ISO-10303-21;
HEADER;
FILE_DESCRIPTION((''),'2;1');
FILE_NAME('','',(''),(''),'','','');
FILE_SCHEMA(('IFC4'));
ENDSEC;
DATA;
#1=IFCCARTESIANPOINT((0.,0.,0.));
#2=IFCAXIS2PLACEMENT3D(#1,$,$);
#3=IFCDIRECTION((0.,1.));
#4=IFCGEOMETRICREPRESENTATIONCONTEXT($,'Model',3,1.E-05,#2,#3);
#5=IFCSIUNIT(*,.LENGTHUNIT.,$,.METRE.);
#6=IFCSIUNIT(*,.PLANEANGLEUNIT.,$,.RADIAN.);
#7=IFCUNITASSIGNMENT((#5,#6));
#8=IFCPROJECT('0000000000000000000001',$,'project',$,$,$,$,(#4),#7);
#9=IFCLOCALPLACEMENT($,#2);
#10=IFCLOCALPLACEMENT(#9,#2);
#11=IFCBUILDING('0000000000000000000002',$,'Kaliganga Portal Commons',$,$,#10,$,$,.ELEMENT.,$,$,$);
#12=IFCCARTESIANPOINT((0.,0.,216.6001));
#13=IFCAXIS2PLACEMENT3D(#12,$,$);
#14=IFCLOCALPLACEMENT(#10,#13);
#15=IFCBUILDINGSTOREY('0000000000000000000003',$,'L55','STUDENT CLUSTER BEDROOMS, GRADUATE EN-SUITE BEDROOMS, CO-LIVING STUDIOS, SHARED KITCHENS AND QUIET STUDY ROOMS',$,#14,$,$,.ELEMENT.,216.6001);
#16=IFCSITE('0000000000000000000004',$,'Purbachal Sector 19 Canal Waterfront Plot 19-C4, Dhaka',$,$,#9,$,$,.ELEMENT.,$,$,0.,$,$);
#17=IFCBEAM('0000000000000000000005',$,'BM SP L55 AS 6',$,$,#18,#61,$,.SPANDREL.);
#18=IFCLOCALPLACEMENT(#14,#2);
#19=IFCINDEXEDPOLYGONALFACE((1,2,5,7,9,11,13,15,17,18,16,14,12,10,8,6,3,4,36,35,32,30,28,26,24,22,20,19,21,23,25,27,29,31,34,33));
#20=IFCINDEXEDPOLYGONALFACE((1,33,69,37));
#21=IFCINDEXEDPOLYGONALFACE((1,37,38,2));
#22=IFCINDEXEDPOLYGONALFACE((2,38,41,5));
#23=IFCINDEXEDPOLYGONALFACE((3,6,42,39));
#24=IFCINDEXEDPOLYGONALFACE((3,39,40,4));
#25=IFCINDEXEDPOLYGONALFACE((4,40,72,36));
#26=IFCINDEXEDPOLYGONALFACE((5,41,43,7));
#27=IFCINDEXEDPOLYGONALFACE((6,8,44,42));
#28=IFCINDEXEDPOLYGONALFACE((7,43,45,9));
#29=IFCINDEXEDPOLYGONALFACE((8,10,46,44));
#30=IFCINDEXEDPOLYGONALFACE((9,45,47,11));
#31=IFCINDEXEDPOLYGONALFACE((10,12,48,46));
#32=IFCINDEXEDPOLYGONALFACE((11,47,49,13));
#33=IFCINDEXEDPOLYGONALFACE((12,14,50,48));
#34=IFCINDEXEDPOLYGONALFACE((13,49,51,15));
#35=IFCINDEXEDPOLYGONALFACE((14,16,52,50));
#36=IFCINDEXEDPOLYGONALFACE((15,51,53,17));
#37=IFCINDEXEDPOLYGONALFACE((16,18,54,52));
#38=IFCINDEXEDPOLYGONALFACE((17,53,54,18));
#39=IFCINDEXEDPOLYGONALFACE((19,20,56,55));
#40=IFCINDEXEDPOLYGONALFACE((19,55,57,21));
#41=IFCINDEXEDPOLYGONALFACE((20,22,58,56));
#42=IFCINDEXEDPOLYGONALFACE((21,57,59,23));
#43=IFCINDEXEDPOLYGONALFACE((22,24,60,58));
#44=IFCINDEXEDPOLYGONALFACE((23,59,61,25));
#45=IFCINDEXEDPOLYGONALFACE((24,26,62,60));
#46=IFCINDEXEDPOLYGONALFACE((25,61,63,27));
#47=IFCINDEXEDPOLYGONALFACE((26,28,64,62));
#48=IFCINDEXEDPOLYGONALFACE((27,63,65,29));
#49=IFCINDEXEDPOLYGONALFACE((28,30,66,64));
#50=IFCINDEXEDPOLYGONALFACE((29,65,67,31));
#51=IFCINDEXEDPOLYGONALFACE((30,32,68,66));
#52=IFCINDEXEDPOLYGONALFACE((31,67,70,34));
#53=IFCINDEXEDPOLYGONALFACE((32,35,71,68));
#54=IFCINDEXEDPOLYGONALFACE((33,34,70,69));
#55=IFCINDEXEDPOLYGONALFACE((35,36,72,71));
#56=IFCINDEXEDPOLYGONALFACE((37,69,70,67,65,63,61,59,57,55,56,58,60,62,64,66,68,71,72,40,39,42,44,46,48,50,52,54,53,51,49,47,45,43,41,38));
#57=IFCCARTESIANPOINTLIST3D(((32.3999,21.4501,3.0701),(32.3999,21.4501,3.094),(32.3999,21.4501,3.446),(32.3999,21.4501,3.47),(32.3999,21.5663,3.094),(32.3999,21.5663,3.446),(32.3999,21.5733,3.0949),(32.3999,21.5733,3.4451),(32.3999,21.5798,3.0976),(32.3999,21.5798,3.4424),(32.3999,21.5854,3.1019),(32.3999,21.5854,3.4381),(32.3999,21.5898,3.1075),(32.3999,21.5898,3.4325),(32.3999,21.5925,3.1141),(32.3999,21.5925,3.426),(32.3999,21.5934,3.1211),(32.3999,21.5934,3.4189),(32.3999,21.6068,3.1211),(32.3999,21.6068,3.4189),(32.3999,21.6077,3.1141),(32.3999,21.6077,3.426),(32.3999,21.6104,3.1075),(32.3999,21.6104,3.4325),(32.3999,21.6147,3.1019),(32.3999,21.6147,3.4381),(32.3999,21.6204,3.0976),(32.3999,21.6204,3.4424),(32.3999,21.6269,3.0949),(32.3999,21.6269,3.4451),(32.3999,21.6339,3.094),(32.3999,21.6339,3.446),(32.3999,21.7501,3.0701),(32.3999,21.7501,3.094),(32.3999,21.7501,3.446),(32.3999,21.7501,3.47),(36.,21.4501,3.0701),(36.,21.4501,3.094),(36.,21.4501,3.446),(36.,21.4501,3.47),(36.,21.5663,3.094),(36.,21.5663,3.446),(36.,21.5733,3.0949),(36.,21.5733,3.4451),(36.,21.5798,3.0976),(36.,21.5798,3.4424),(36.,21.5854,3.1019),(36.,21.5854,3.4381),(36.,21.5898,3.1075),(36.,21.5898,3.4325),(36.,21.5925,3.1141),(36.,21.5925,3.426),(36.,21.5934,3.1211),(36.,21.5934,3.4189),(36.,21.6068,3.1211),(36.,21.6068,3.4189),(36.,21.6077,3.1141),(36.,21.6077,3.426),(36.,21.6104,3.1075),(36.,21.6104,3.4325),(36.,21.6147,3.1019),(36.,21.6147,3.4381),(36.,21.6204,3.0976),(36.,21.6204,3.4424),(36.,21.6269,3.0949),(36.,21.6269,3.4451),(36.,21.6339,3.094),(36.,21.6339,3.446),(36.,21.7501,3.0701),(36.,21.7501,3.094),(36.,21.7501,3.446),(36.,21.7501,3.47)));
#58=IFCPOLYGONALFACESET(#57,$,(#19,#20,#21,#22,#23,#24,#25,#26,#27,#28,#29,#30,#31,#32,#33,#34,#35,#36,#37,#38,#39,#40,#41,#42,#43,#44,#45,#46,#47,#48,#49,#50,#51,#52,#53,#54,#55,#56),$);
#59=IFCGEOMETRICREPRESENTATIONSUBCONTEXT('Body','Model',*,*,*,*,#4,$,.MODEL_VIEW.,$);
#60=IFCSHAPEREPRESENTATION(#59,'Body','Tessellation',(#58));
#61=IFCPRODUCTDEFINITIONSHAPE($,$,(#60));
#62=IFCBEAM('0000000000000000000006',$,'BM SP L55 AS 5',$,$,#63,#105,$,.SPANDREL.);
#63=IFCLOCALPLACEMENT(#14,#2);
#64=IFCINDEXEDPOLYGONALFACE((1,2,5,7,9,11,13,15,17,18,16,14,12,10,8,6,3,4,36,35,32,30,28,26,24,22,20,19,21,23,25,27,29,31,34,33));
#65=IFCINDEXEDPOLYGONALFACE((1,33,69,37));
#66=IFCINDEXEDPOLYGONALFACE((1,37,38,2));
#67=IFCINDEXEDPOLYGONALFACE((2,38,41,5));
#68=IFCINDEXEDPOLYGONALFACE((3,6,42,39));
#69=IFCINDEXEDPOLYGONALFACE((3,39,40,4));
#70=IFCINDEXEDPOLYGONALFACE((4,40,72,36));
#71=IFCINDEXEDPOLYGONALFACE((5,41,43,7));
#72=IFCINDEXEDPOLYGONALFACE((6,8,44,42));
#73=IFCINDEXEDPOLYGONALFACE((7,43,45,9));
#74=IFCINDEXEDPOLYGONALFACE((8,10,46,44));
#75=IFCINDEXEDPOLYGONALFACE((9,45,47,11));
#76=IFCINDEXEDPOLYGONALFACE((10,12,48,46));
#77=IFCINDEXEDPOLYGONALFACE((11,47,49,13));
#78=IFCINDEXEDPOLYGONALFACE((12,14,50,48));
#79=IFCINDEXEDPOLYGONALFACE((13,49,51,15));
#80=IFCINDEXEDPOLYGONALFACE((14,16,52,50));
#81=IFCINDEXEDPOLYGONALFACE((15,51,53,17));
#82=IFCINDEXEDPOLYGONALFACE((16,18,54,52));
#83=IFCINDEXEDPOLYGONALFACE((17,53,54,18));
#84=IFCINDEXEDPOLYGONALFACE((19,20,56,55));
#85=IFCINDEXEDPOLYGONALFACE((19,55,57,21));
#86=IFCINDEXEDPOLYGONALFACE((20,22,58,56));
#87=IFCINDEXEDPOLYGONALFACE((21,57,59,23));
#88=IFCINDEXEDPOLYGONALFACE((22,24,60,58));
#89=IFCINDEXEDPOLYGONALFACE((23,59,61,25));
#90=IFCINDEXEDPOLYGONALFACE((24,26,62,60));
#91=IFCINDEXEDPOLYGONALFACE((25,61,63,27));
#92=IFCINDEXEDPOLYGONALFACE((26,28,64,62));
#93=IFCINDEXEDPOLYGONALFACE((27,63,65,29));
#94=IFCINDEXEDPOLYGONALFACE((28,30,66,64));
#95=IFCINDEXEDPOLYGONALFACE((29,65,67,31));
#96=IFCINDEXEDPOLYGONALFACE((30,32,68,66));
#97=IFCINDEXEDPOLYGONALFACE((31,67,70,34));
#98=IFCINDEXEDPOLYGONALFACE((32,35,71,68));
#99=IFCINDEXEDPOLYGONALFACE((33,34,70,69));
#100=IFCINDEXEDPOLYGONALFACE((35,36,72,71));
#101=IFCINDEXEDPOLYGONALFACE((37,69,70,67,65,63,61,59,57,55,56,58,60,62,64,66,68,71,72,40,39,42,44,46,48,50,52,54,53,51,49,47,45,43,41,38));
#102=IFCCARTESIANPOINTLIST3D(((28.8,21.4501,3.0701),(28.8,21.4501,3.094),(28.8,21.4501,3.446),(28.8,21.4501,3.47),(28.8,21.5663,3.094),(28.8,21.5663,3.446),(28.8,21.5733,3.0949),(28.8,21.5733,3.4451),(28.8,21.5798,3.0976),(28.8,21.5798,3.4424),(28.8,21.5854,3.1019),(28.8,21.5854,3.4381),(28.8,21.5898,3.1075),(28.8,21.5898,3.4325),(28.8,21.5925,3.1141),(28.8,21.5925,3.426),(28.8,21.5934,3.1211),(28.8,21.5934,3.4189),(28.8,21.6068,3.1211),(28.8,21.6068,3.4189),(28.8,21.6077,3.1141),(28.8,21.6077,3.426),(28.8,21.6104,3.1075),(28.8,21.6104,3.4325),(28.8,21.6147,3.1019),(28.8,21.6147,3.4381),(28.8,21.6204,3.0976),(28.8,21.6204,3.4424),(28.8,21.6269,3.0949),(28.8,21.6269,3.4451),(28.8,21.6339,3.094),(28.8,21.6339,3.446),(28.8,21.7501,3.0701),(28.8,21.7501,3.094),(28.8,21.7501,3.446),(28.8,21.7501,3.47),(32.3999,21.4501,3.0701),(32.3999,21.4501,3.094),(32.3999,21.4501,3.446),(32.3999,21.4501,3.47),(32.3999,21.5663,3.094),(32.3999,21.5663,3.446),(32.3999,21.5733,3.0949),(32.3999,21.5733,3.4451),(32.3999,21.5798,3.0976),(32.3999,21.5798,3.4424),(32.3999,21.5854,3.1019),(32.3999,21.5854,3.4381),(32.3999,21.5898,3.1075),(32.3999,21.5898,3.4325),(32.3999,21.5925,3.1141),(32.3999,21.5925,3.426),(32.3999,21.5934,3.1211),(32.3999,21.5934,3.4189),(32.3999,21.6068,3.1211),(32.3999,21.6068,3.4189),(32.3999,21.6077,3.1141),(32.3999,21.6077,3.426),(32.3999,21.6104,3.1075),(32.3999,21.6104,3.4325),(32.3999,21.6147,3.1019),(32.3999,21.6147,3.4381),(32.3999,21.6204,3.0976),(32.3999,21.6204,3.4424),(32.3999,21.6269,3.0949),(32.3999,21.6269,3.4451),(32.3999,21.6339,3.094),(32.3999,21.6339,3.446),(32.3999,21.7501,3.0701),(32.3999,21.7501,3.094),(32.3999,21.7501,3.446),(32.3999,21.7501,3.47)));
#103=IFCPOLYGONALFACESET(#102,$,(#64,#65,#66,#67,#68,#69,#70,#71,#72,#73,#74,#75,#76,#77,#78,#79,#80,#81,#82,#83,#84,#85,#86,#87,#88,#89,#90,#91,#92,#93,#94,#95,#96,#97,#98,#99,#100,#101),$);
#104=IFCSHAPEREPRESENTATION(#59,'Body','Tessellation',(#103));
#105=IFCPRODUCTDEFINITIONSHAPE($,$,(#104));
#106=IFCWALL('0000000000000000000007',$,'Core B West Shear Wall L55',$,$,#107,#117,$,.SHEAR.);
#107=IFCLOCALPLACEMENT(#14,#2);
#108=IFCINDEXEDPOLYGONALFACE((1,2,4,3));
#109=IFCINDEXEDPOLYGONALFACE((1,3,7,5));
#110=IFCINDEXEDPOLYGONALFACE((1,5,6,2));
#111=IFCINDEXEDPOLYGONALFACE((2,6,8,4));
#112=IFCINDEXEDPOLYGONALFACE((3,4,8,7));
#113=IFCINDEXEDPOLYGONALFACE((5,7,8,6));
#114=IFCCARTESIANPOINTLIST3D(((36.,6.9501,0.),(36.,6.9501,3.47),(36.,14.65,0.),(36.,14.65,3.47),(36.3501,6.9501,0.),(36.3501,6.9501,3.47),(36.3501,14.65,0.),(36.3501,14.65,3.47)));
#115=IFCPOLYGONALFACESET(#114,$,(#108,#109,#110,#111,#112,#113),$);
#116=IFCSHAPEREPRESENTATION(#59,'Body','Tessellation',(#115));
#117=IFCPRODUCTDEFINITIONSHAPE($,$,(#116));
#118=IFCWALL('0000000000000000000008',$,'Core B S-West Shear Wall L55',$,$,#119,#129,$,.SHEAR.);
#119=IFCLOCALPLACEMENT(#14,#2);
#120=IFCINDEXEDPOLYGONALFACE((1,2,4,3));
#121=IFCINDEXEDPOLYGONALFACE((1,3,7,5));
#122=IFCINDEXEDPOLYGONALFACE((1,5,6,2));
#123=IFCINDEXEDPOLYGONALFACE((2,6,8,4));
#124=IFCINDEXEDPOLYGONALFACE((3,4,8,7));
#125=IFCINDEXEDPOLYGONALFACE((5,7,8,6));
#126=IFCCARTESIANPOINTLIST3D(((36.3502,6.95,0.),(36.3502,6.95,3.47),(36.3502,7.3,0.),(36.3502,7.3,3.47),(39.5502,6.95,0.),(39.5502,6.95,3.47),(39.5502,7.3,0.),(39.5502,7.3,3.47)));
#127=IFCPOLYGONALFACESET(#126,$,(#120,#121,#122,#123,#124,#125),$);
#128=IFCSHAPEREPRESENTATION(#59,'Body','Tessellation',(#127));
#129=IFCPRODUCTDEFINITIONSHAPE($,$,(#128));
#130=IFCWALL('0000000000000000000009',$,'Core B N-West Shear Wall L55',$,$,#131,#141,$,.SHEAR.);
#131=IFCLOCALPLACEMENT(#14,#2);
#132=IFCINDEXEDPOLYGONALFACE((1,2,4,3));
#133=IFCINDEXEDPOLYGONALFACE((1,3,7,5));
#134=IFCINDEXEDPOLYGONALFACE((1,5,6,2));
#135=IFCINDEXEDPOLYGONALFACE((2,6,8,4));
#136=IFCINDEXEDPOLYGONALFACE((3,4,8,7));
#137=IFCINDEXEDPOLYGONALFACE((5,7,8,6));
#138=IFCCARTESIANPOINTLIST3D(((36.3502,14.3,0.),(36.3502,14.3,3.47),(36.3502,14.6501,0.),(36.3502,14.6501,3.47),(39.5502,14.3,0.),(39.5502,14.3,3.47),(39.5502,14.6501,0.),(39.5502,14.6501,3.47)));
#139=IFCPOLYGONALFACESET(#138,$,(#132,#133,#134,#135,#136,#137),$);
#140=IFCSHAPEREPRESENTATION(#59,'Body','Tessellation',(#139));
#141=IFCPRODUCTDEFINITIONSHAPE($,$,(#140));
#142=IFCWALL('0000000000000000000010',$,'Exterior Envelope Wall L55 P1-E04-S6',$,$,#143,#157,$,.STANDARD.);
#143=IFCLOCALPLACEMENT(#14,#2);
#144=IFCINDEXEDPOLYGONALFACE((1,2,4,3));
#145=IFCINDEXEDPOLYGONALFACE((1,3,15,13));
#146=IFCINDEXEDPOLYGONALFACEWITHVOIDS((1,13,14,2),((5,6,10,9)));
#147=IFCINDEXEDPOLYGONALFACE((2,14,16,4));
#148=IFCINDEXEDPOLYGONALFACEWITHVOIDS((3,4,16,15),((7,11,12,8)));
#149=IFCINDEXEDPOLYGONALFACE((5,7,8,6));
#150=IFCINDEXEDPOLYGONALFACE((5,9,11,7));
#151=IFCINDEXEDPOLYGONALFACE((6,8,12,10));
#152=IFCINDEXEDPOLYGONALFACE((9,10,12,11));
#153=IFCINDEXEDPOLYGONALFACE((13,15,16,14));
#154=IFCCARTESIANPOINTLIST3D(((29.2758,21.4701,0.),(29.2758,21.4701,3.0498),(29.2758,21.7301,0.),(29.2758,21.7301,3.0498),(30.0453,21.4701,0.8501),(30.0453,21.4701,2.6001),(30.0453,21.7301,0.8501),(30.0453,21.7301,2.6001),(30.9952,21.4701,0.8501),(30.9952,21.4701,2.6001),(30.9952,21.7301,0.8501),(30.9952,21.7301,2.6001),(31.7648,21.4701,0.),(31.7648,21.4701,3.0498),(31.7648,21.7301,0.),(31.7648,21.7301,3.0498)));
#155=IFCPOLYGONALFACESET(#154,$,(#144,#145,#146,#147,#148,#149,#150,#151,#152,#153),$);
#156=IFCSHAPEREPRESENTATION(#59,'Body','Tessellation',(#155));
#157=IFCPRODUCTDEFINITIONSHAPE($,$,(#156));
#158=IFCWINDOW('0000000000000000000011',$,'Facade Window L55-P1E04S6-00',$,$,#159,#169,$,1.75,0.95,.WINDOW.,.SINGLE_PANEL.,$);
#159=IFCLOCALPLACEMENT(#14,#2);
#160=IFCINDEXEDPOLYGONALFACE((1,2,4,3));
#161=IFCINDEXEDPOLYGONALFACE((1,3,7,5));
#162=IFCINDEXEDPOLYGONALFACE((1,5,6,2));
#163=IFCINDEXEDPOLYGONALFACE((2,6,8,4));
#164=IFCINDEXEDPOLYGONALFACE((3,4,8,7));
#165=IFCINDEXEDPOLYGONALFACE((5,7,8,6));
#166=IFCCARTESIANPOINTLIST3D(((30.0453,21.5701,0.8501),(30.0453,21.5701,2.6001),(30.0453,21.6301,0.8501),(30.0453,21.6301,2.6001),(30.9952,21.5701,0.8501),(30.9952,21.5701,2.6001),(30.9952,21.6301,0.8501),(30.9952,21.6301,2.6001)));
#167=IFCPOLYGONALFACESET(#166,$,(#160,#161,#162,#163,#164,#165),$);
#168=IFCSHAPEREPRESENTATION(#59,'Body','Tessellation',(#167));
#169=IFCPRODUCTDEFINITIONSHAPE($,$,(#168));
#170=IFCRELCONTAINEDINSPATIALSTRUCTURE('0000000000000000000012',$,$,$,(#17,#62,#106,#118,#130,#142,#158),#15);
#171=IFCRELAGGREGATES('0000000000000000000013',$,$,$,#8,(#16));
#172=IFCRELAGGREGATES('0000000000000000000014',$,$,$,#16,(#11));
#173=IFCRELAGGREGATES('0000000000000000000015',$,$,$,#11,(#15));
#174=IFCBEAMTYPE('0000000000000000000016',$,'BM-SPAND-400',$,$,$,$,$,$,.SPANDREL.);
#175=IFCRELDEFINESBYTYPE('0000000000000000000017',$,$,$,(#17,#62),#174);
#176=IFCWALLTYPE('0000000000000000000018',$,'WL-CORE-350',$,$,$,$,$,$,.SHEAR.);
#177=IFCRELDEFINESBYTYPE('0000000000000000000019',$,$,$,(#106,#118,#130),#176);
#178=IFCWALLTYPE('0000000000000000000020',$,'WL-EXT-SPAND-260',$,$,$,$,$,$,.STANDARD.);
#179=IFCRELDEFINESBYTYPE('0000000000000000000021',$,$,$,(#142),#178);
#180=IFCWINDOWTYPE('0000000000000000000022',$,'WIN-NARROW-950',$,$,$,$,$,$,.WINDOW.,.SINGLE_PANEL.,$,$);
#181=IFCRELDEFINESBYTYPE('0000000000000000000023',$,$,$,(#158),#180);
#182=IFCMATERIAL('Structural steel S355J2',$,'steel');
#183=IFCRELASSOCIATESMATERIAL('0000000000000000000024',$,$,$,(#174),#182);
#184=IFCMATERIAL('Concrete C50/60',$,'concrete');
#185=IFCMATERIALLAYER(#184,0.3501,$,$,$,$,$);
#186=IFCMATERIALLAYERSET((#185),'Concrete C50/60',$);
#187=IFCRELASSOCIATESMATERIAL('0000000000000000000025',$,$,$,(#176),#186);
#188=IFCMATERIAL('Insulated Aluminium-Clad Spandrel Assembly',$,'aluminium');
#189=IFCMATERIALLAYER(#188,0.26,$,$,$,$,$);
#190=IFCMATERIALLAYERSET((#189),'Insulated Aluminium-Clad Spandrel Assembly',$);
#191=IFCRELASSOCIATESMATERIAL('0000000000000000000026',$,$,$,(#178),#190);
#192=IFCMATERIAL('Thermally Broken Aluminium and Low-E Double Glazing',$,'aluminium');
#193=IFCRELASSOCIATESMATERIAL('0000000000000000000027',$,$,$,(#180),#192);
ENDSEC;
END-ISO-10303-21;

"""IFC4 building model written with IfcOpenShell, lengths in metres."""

from ifc_helpers import new_model, si_unit, direction, frame, frame_2d, origin, origin_2d, place, context, subcontext, project, spatial, rectangle, i_section, extrude, source, transform, mapped, material, layer, layer_set, material_profile, profile_set, type_object, element, fill, save


model = new_model("IFC4")

# Units and contexts
model_context = context("Model", 3, precision=1e-05, world=origin(), true_north=direction((0.0, 1.0)))
body_context = subcontext(model_context, "Body", "Model", "MODEL_VIEW")
ifc_project = project(units=[si_unit("LENGTHUNIT", "METRE"), si_unit("PLANEANGLEUNIT", "RADIAN")], contexts=[model_context])

# Site, building, storey
site_placement = place(None, origin())
site = spatial("IfcSite", under=ifc_project, at=site_placement, Name="Purbachal Sector 19 Canal Waterfront Plot 19-C4, Dhaka", CompositionType="ELEMENT", RefElevation=0.0)
building_placement = place(site_placement, origin())
building = spatial("IfcBuilding", under=site, at=building_placement, Name="Kaliganga Portal Commons", CompositionType="ELEMENT")
storey_placement = place(building_placement, frame((0.0, 0.0, 216.6001)))
storey = spatial("IfcBuildingStorey", under=building, at=storey_placement, Name="L55", Description="STUDENT CLUSTER BEDROOMS, GRADUATE EN-SUITE BEDROOMS, CO-LIVING STUDIOS, SHARED KITCHENS AND QUIET STUDY ROOMS", CompositionType="ELEMENT", Elevation=216.6001)

# Shared definitions
ifc_material_1 = material(Name="Concrete C50/60", Category="concrete")
ifc_material_2 = material(Name="Structural steel S355J2", Category="steel")

# Beams
ifc_material_profile_1 = material_profile(ifc_material_2, i_section(OverallWidth=0.3, OverallDepth=0.3999, WebThickness=0.0134, FlangeThickness=0.0239, FilletRadius=0.0271, at=origin_2d()), Name="HE 400 B")
ifc_profile_set_1 = profile_set([ifc_material_profile_1], Name="Structural steel S355J2 wide-flange")
beam_type_1 = type_object("IfcBeamType", Name="BM-SPAND-400", PredefinedType="SPANDREL", material=ifc_profile_set_1)
shared_shape_1 = source(origin(), body_context, "Body", "SweptSolid", [
    extrude(i_section(OverallWidth=0.3, OverallDepth=0.3999, WebThickness=0.0134, FlangeThickness=0.0239, FilletRadius=0.0271, at=origin_2d()), origin(), (0.0, 0.0, 1.0), 3.6001),
])
beam_1_placement = place(storey_placement, frame((32.3999, 21.6001, 3.27), z_axis=(1.0, 0.0, 0.0), x_axis=(0.0, 1.0, 0.0)))
element("IfcBeam", 1, at=beam_1_placement, inside=storey, type_object=beam_type_1, Name="BM SP L55 AS 6", PredefinedType="SPANDREL", context=body_context, shape_type="MappedRepresentation", body=[
    mapped(shared_shape_1, transform((0.0, 0.0, 0.0), x_axis=(1.0, 0.0, 0.0), y_axis=(0.0, 1.0, 0.0), z_axis=(0.0, 0.0, 1.0), scale=1.0)),
])
shared_shape_2 = source(origin(), body_context, "Body", "SweptSolid", [
    extrude(i_section(OverallWidth=0.3, OverallDepth=0.3999, WebThickness=0.0134, FlangeThickness=0.0239, FilletRadius=0.0271, at=origin_2d()), origin(), (0.0, 0.0, 1.0), 3.5999),
])
beam_2_placement = place(storey_placement, frame((28.8, 21.6001, 3.27), z_axis=(1.0, 0.0, 0.0), x_axis=(0.0, 1.0, 0.0)))
element("IfcBeam", 2, at=beam_2_placement, inside=storey, type_object=beam_type_1, Name="BM SP L55 AS 5", PredefinedType="SPANDREL", context=body_context, shape_type="MappedRepresentation", body=[
    mapped(shared_shape_2, transform((0.0, 0.0, 0.0), x_axis=(1.0, 0.0, 0.0), y_axis=(0.0, 1.0, 0.0), z_axis=(0.0, 0.0, 1.0), scale=1.0)),
])

# Walls
ifc_layer_1 = layer(ifc_material_1, 0.3501)
ifc_layer_set_1 = layer_set([ifc_layer_1], Name="Concrete C50/60")
wall_type_1 = type_object("IfcWallType", Name="WL-CORE-350", PredefinedType="SHEAR", material=ifc_layer_set_1)
wall_1_placement = place(storey_placement, frame((36.175, 6.95, 0.0), z_axis=(0.0, 0.0, 1.0), x_axis=(0.0, 1.0, 0.0)))
element("IfcWall", 3, at=wall_1_placement, inside=storey, type_object=wall_type_1, Name="Core B West Shear Wall L55", PredefinedType="SHEAR", context=body_context, shape_type="SweptSolid", body=[
    extrude(rectangle(XDim=7.7, YDim=0.3501, at=frame_2d((3.8501, 0.0))), origin(), (0.0, 0.0, 1.0), 3.47),
])
for number, where, z_axis, x_axis, name in (
    (4, (36.3501, 7.125, 0.0), (0.0, 0.0, 1.0), (1.0, 0.0, 0.0), "Core B S-West Shear Wall L55"),
    (5, (36.3501, 14.4751, 0.0), (0.0, 0.0, 1.0), (1.0, 0.0, 0.0), "Core B N-West Shear Wall L55"),
):
    element("IfcWall", number, at=place(storey_placement, frame(where, z_axis=z_axis, x_axis=x_axis)), inside=storey, type_object=wall_type_1, Name=name, PredefinedType="SHEAR", context=body_context, shape_type="SweptSolid", body=[
        extrude(rectangle(XDim=3.2, YDim=0.3501, at=frame_2d((1.6001, 0.0))), origin(), (0.0, 0.0, 1.0), 3.47),
    ])

# Wall, opening, window
ifc_material_3 = material(Name="Insulated Aluminium-Clad Spandrel Assembly", Category="aluminium")
ifc_layer_2 = layer(ifc_material_3, 0.26)
ifc_layer_set_2 = layer_set([ifc_layer_2], Name="Insulated Aluminium-Clad Spandrel Assembly")
wall_type_2 = type_object("IfcWallType", Name="WL-EXT-SPAND-260", PredefinedType="STANDARD", material=ifc_layer_set_2)
wall_2_placement = place(storey_placement, frame((31.7649, 21.6001, 0.0), z_axis=(0.0, 0.0, 1.0), x_axis=(-1.0, 0.0, 0.0)))
wall_2 = element("IfcWall", 6, at=wall_2_placement, inside=storey, type_object=wall_type_2, Name="Exterior Envelope Wall L55 P1-E04-S6", PredefinedType="STANDARD", context=body_context, shape_type="SweptSolid", body=[
    extrude(rectangle(XDim=2.489, YDim=0.26, at=frame_2d((1.2446, 0.0))), origin(), (0.0, 0.0, 1.0), 3.0498),
])
opening_1_placement = place(wall_2_placement, frame((0.7695, 0.0, 0.8501)))
opening_1 = element("IfcOpeningElement", 7, at=opening_1_placement, cuts=wall_2, PredefinedType="OPENING", context=body_context, shape_type="SweptSolid", body=[
    extrude(rectangle(XDim=0.95, YDim=1.75, at=frame_2d((0.4751, 0.875))), frame((0.0, 0.1401, 0.0), z_axis=(0.0, -1.0, 0.0), x_axis=(1.0, 0.0, 0.0)), (0.0, 0.0, 1.0), 0.28),
])
ifc_material_4 = material(Name="Thermally Broken Aluminium and Low-E Double Glazing", Category="aluminium")
window_type_1 = type_object("IfcWindowType", Name="WIN-NARROW-950", PartitioningType="SINGLE_PANEL", PredefinedType="WINDOW", material=ifc_material_4)
window_1_placement = place(opening_1_placement, origin())
window_1 = element("IfcWindow", 8, at=window_1_placement, inside=storey, type_object=window_type_1, Name="Facade Window L55-P1E04S6-00", OverallHeight=1.75, OverallWidth=0.95, PartitioningType="SINGLE_PANEL", PredefinedType="WINDOW", context=body_context, shape_type="SweptSolid", body=[
    extrude(rectangle(XDim=0.95, YDim=1.75, at=frame_2d((0.4751, 0.875))), frame((0.0, 0.03, 0.0), z_axis=(0.0, -1.0, 0.0), x_axis=(1.0, 0.0, 0.0)), (0.0, 0.0, 1.0), 0.0601),
])
fill(opening_1, window_1)

save(model, "model.ifc")
